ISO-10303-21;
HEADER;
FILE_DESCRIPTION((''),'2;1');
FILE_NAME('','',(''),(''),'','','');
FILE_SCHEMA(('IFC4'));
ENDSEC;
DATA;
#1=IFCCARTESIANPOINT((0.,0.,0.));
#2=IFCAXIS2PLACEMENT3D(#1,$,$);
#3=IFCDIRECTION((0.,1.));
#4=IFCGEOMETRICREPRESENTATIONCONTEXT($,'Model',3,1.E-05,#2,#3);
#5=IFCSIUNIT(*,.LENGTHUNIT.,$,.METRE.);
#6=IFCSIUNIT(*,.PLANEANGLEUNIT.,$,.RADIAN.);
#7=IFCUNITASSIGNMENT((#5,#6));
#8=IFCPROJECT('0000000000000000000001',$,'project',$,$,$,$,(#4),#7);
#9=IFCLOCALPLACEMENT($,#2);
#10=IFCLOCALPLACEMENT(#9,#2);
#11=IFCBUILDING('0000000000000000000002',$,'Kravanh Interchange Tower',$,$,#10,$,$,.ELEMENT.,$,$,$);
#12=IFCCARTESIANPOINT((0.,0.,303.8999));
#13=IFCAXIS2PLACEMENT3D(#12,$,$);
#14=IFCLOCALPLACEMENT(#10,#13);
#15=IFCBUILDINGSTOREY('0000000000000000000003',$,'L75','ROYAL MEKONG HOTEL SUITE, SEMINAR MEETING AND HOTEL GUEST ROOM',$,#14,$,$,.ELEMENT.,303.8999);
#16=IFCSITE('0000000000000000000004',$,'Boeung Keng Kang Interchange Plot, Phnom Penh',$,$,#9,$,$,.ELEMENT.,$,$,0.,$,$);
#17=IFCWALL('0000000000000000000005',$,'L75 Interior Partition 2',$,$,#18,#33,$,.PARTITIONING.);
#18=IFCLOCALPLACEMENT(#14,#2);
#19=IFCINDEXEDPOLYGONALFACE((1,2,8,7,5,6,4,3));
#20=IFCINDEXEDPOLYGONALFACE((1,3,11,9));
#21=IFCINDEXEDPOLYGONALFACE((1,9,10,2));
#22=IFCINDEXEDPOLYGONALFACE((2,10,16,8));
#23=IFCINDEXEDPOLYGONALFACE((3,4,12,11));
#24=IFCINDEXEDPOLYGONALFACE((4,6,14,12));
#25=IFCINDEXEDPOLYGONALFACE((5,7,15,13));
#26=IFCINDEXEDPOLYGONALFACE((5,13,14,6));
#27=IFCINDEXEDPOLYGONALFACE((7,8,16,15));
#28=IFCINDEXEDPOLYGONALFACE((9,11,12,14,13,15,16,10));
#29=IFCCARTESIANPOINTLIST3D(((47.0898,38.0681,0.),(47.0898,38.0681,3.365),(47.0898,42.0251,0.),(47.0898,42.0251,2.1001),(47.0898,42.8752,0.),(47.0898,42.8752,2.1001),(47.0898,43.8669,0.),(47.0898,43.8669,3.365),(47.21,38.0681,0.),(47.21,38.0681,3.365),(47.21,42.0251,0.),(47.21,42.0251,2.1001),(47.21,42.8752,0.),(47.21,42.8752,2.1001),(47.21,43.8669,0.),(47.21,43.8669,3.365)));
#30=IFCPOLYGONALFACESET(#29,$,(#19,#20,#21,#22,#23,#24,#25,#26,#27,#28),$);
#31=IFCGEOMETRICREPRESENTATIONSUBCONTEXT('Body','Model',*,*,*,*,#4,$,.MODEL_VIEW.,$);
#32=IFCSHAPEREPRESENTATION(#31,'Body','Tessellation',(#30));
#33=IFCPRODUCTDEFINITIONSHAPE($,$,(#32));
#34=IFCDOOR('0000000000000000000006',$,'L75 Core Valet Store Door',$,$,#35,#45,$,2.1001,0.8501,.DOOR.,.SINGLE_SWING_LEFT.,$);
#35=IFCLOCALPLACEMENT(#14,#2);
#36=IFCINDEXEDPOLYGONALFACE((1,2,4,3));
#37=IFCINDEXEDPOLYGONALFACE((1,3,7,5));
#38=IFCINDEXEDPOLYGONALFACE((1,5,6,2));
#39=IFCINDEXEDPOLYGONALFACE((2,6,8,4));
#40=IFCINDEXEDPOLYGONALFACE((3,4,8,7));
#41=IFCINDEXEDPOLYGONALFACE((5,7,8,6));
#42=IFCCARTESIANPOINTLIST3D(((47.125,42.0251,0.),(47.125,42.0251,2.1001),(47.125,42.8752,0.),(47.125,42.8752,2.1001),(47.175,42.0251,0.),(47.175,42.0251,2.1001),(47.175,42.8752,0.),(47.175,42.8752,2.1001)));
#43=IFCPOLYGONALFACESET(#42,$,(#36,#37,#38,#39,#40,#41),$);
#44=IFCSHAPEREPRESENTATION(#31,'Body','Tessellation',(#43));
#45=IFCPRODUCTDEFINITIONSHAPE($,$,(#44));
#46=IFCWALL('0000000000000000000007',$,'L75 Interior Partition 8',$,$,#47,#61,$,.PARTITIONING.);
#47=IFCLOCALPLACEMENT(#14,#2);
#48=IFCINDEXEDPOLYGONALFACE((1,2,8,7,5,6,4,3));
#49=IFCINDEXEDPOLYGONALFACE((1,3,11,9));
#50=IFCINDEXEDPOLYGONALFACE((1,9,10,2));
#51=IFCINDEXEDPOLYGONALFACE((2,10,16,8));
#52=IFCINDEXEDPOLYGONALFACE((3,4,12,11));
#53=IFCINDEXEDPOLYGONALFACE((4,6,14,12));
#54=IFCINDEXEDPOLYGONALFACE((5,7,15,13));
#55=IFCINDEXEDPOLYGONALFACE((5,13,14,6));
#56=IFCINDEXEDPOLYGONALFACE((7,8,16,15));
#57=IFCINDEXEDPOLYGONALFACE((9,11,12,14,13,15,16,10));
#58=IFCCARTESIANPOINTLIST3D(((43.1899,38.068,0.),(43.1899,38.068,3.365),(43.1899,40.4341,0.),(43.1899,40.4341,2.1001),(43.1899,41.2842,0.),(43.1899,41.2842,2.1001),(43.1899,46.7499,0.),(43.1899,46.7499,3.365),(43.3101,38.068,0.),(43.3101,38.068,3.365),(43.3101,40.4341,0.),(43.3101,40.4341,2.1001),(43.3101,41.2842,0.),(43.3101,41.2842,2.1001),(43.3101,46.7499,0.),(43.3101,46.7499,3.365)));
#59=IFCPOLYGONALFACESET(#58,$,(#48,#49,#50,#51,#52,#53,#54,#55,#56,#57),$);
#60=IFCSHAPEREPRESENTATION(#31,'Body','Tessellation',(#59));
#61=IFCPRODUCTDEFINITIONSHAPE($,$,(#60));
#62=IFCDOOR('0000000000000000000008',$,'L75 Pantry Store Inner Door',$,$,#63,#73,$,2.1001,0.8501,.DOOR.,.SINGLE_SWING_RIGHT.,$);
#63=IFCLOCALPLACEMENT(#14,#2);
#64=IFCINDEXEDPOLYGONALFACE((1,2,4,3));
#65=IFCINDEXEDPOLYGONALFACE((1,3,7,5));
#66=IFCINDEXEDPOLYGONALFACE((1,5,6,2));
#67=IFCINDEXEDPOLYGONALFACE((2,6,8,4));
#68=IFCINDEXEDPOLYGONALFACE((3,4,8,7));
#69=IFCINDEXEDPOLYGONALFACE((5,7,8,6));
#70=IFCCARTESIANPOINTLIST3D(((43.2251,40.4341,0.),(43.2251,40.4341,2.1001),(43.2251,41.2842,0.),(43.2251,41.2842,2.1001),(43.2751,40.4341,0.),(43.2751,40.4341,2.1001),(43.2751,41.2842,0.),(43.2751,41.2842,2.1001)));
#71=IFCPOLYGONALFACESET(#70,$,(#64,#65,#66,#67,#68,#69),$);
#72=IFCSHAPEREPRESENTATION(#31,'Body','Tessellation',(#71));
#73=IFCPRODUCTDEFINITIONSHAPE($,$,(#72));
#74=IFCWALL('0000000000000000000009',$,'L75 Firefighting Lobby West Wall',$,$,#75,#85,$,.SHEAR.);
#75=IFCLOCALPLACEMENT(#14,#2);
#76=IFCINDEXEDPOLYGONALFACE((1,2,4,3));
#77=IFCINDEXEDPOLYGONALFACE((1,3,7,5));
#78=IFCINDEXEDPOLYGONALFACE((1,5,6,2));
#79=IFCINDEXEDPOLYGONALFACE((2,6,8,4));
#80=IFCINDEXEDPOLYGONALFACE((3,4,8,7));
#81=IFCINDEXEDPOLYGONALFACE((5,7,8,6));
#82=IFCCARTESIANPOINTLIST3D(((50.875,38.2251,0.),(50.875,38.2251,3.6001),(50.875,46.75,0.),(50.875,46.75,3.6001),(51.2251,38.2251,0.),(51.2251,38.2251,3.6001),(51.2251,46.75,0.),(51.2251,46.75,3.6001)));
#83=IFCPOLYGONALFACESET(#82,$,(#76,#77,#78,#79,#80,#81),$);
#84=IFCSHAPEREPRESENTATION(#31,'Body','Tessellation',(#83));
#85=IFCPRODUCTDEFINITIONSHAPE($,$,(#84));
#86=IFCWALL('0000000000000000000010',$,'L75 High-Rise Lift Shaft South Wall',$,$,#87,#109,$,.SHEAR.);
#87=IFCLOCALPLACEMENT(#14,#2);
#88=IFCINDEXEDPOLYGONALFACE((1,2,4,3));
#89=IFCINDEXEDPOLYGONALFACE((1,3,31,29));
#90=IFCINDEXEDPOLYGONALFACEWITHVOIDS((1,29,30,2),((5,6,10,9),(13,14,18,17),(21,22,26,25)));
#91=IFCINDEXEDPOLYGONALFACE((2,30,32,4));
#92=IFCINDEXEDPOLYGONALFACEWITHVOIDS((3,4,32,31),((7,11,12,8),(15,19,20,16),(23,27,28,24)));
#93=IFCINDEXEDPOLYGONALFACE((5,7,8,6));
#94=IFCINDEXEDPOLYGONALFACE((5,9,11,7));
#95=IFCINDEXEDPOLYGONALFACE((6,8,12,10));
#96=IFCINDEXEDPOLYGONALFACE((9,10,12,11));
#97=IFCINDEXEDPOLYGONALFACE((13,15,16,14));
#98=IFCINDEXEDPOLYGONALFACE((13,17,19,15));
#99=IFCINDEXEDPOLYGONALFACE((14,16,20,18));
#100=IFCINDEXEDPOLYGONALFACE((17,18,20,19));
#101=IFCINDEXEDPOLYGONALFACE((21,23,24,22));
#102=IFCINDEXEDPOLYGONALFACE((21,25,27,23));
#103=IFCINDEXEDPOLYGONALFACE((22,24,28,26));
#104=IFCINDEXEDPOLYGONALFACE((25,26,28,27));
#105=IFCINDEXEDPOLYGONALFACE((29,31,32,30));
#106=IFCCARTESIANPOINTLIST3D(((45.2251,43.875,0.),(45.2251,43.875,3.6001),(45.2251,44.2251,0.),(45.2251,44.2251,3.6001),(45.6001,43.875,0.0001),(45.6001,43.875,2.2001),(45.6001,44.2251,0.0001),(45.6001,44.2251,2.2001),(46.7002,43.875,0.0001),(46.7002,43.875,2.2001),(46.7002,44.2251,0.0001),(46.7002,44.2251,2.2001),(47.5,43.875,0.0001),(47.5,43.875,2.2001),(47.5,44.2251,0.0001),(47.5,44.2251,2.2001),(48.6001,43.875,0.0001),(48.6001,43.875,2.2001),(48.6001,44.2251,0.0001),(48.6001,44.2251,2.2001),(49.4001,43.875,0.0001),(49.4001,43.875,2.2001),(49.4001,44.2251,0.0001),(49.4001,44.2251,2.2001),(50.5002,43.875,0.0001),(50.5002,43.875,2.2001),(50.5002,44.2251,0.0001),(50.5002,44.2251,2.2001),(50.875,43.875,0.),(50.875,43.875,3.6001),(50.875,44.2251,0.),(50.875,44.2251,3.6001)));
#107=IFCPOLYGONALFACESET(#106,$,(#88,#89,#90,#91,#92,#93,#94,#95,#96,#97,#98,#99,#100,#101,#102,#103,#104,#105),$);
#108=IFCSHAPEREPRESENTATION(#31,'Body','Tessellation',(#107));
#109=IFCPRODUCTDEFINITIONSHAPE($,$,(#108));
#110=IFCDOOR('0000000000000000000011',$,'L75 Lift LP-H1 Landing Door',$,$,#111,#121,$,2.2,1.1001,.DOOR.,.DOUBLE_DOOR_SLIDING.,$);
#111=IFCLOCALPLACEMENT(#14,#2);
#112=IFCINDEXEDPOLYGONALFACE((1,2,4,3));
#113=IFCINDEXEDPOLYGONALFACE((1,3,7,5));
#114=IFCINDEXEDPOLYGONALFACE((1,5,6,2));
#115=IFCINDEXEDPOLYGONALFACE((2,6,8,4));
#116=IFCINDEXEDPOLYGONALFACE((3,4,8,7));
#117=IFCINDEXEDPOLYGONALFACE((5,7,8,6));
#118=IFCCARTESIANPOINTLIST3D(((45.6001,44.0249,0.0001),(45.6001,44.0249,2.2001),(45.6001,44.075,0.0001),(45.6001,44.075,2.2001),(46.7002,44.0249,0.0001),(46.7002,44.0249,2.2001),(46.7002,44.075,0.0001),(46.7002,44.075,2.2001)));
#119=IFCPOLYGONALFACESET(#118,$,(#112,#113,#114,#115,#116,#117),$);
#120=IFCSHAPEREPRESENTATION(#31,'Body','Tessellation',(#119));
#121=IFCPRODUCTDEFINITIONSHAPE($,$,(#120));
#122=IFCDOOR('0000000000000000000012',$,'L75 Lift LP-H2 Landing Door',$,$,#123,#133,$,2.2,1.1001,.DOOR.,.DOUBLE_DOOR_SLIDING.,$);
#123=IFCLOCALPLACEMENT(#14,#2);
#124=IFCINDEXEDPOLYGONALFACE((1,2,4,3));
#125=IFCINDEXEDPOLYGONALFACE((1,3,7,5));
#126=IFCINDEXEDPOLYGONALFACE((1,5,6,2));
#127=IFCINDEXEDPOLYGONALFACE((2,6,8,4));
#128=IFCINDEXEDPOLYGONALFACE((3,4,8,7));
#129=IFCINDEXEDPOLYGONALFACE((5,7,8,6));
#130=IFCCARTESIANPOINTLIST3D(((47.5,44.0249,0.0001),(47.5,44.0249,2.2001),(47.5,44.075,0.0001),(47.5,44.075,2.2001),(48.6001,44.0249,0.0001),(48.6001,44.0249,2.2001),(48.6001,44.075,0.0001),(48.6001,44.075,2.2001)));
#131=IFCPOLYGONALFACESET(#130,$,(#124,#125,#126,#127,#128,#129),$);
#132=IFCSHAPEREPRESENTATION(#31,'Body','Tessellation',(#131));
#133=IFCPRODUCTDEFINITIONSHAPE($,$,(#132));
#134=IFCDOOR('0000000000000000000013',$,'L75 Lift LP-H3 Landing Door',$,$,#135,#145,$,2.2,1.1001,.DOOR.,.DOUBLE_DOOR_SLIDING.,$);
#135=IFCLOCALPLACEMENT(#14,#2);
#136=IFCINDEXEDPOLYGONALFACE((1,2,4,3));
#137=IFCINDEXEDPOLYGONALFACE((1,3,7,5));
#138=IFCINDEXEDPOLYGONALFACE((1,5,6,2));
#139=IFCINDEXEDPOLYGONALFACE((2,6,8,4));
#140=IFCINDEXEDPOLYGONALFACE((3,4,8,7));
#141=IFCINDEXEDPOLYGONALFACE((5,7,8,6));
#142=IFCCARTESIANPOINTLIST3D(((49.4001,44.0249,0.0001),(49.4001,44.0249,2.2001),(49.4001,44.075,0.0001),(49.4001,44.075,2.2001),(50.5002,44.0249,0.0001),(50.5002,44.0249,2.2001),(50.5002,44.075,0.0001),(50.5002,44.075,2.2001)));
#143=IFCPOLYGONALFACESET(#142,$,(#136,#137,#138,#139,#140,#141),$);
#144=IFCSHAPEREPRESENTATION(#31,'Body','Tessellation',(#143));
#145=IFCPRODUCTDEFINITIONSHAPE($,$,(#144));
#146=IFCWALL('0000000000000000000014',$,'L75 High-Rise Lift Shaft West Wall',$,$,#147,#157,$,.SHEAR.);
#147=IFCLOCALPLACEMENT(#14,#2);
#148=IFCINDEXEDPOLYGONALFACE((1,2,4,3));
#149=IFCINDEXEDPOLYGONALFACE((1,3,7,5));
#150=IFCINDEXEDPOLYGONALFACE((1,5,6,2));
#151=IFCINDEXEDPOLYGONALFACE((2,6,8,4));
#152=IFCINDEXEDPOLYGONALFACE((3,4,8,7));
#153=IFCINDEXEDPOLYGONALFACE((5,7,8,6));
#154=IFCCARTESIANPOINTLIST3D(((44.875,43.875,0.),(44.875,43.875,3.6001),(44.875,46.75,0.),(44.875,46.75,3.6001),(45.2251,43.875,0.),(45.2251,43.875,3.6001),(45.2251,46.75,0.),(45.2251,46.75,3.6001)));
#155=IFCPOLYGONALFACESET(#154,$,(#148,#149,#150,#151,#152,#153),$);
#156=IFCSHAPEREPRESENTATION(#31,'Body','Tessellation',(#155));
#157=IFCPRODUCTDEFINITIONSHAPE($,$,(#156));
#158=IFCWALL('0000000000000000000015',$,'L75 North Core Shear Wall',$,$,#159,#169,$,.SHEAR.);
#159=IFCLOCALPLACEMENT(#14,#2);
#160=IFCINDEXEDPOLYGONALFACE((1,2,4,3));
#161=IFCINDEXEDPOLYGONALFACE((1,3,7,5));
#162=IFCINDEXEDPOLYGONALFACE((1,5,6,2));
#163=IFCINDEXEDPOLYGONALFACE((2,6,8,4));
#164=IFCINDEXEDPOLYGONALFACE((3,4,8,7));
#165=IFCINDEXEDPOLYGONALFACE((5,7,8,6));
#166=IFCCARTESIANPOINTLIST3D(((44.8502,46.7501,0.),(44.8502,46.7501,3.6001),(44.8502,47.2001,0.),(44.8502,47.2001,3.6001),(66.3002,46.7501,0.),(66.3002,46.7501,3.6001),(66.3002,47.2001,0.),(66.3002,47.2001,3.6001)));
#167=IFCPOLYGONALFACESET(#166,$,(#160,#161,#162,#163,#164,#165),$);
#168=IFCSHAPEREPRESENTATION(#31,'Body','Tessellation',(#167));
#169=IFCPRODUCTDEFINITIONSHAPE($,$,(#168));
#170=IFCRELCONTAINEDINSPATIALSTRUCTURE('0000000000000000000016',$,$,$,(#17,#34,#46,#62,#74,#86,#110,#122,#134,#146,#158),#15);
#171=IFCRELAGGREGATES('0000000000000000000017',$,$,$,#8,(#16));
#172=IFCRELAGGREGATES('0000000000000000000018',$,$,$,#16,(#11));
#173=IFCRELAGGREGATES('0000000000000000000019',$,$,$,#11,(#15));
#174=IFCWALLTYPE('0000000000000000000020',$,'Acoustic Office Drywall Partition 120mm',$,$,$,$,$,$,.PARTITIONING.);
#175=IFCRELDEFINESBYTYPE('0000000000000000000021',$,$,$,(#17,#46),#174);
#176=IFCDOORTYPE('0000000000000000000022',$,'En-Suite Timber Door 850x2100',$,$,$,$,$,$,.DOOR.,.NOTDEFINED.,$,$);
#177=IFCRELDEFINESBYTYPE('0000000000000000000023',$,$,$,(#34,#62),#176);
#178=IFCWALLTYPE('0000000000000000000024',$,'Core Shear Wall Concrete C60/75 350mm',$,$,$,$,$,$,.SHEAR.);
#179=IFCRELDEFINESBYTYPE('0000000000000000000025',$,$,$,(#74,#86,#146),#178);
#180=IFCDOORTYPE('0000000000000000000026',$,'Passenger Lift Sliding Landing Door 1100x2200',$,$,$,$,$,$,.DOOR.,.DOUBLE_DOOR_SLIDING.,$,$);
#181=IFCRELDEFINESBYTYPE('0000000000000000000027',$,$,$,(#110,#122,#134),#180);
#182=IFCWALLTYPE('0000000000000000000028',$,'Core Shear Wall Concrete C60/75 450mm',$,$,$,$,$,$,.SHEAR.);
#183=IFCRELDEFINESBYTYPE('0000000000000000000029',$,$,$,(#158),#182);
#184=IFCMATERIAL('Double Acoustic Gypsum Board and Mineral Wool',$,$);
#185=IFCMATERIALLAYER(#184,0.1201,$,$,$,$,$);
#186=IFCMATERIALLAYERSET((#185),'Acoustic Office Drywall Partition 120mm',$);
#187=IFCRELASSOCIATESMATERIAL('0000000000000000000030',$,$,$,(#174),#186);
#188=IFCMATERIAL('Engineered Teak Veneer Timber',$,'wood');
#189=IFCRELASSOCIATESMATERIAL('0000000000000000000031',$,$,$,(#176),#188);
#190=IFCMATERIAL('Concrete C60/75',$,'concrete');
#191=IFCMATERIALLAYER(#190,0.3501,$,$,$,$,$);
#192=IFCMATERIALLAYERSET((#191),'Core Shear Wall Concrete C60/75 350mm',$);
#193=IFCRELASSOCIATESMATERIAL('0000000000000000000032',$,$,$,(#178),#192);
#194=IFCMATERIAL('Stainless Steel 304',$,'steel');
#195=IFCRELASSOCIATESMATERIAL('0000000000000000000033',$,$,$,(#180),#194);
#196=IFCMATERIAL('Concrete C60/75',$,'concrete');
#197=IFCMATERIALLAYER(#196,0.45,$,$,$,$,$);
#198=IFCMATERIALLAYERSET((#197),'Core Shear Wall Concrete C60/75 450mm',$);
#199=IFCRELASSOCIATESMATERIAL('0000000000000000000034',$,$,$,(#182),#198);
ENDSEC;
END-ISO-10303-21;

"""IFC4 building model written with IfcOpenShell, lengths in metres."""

from ifc_helpers import new_model, si_unit, direction, frame, frame_2d, origin, place, context, subcontext, project, spatial, rectangle, extrude, material, layer, layer_set, type_object, element, fill, save


model = new_model("IFC4")

# Units and contexts
model_context = context("Model", 3, precision=1e-05, world=origin(), true_north=direction((0.0, 1.0)))
body_context = subcontext(model_context, "Body", "Model", "MODEL_VIEW")
ifc_project = project(units=[si_unit("LENGTHUNIT", "METRE"), si_unit("PLANEANGLEUNIT", "RADIAN")], contexts=[model_context])

# Site, building, storey
site_placement = place(None, origin())
site = spatial("IfcSite", under=ifc_project, at=site_placement, Name="Boeung Keng Kang Interchange Plot, Phnom Penh", CompositionType="ELEMENT", RefElevation=0.0)
building_placement = place(site_placement, origin())
building = spatial("IfcBuilding", under=site, at=building_placement, Name="Kravanh Interchange Tower", CompositionType="ELEMENT")
storey_placement = place(building_placement, frame((0.0, 0.0, 303.8999)))
storey = spatial("IfcBuildingStorey", under=building, at=storey_placement, Name="L75", Description="ROYAL MEKONG HOTEL SUITE, SEMINAR MEETING AND HOTEL GUEST ROOM", CompositionType="ELEMENT", Elevation=303.8999)

# Walls, openings, doors
ifc_material_1 = material(Name="Double Acoustic Gypsum Board and Mineral Wool")
ifc_layer_1 = layer(ifc_material_1, 0.1201)
ifc_layer_set_1 = layer_set([ifc_layer_1], Name="Acoustic Office Drywall Partition 120mm")
wall_type_1 = type_object("IfcWallType", Name="Acoustic Office Drywall Partition 120mm", PredefinedType="PARTITIONING", material=ifc_layer_set_1)
wall_1_placement = place(storey_placement, frame((47.1499, 38.0681, 0.0), z_axis=(0.0, 0.0, 1.0), x_axis=(0.0, 1.0, 0.0)))
wall_1 = element("IfcWall", 1, at=wall_1_placement, inside=storey, type_object=wall_type_1, Name="L75 Interior Partition 2", PredefinedType="PARTITIONING", context=body_context, shape_type="SweptSolid", body=[
    extrude(rectangle(XDim=5.7988, YDim=0.1201, at=frame_2d((2.8994, 0.0))), origin(), (0.0, 0.0, 1.0), 3.365),
])
opening_1_placement = place(wall_1_placement, frame((3.957, 0.0, 0.0)))
opening_1 = element("IfcOpeningElement", 2, at=opening_1_placement, cuts=wall_1, PredefinedType="OPENING", context=body_context, shape_type="SweptSolid", body=[
    extrude(rectangle(XDim=0.8501, YDim=2.1001, at=frame_2d((0.425, 1.05))), frame((0.0, 0.0701, 0.0), z_axis=(0.0, -1.0, 0.0), x_axis=(1.0, 0.0, 0.0)), (0.0, 0.0, 1.0), 0.1401),
])
ifc_material_2 = material(Name="Engineered Teak Veneer Timber", Category="wood")
door_type_1 = type_object("IfcDoorType", Name="En-Suite Timber Door 850x2100", OperationType="NOTDEFINED", PredefinedType="DOOR", material=ifc_material_2)
door_1_placement = place(opening_1_placement, origin())
door_1 = element("IfcDoor", 3, at=door_1_placement, inside=storey, type_object=door_type_1, Name="L75 Core Valet Store Door", OperationType="SINGLE_SWING_LEFT", OverallHeight=2.1001, OverallWidth=0.8501, PredefinedType="DOOR", context=body_context, shape_type="SweptSolid", body=[
    extrude(rectangle(XDim=0.8501, YDim=2.1001, at=frame_2d((0.425, 1.05))), frame((0.0, 0.0249, 0.0), z_axis=(0.0, -1.0, 0.0), x_axis=(1.0, 0.0, 0.0)), (0.0, 0.0, 1.0), 0.05),
])
fill(opening_1, door_1)
wall_2_placement = place(storey_placement, frame((43.25, 38.0681, 0.0), z_axis=(0.0, 0.0, 1.0), x_axis=(0.0, 1.0, 0.0)))
wall_2 = element("IfcWall", 4, at=wall_2_placement, inside=storey, type_object=wall_type_1, Name="L75 Interior Partition 8", PredefinedType="PARTITIONING", context=body_context, shape_type="SweptSolid", body=[
    extrude(rectangle(XDim=8.6819, YDim=0.1201, at=frame_2d((4.3408, 0.0))), origin(), (0.0, 0.0, 1.0), 3.365),
])
opening_2_placement = place(wall_2_placement, frame((2.366, 0.0, 0.0)))
opening_2 = element("IfcOpeningElement", 5, at=opening_2_placement, cuts=wall_2, PredefinedType="OPENING", context=body_context, shape_type="SweptSolid", body=[
    extrude(rectangle(XDim=0.8501, YDim=2.1001, at=frame_2d((0.425, 1.05))), frame((0.0, 0.0701, 0.0), z_axis=(0.0, -1.0, 0.0), x_axis=(1.0, 0.0, 0.0)), (0.0, 0.0, 1.0), 0.1401),
])
door_2_placement = place(opening_2_placement, origin())
door_2 = element("IfcDoor", 6, at=door_2_placement, inside=storey, type_object=door_type_1, Name="L75 Pantry Store Inner Door", OperationType="SINGLE_SWING_RIGHT", OverallHeight=2.1001, OverallWidth=0.8501, PredefinedType="DOOR", context=body_context, shape_type="SweptSolid", body=[
    extrude(rectangle(XDim=0.8501, YDim=2.1001, at=frame_2d((0.425, 1.05))), frame((0.0, 0.0249, 0.0), z_axis=(0.0, -1.0, 0.0), x_axis=(1.0, 0.0, 0.0)), (0.0, 0.0, 1.0), 0.05),
])
fill(opening_2, door_2)

# Wall
ifc_material_3 = material(Name="Concrete C60/75", Category="concrete")
ifc_layer_2 = layer(ifc_material_3, 0.3501)
ifc_layer_set_2 = layer_set([ifc_layer_2], Name="Core Shear Wall Concrete C60/75 350mm")
wall_type_2 = type_object("IfcWallType", Name="Core Shear Wall Concrete C60/75 350mm", PredefinedType="SHEAR", material=ifc_layer_set_2)
wall_3_placement = place(storey_placement, frame((51.05, 38.2251, 0.0), z_axis=(0.0, 0.0, 1.0), x_axis=(0.0, 1.0, 0.0)))
element("IfcWall", 7, at=wall_3_placement, inside=storey, type_object=wall_type_2, Name="L75 Firefighting Lobby West Wall", PredefinedType="SHEAR", context=body_context, shape_type="SweptSolid", body=[
    extrude(rectangle(XDim=8.5249, YDim=0.3501, at=frame_2d((4.2625, 0.0))), origin(), (0.0, 0.0, 1.0), 3.6001),
])

# Wall, openings, doors
wall_4_placement = place(storey_placement, frame((45.2251, 44.05, 0.0), z_axis=(0.0, 0.0, 1.0), x_axis=(1.0, 0.0, 0.0)))
wall_4 = element("IfcWall", 8, at=wall_4_placement, inside=storey, type_object=wall_type_2, Name="L75 High-Rise Lift Shaft South Wall", PredefinedType="SHEAR", context=body_context, shape_type="SweptSolid", body=[
    extrude(rectangle(XDim=5.6499, YDim=0.3501, at=frame_2d((2.825, 0.0))), origin(), (0.0, 0.0, 1.0), 3.6001),
])
opening_3_placement = place(wall_4_placement, frame((0.375, 0.0, 0.0)))
opening_3 = element("IfcOpeningElement", 9, at=opening_3_placement, cuts=wall_4, PredefinedType="OPENING", context=body_context, shape_type="SweptSolid", body=[
    extrude(rectangle(XDim=1.1001, YDim=2.2, at=frame_2d((0.55, 1.1001))), frame((0.0, 0.1851, 0.0), z_axis=(0.0, -1.0, 0.0), x_axis=(1.0, 0.0, 0.0)), (0.0, 0.0, 1.0), 0.3701),
])
opening_4_placement = place(wall_4_placement, frame((2.2749, 0.0, 0.0)))
opening_4 = element("IfcOpeningElement", 10, at=opening_4_placement, cuts=wall_4, PredefinedType="OPENING", context=body_context, shape_type="SweptSolid", body=[
    extrude(rectangle(XDim=1.1001, YDim=2.2, at=frame_2d((0.55, 1.1001))), frame((0.0, 0.1851, 0.0), z_axis=(0.0, -1.0, 0.0), x_axis=(1.0, 0.0, 0.0)), (0.0, 0.0, 1.0), 0.3701),
])
opening_5_placement = place(wall_4_placement, frame((4.175, 0.0, 0.0)))
opening_5 = element("IfcOpeningElement", 11, at=opening_5_placement, cuts=wall_4, PredefinedType="OPENING", context=body_context, shape_type="SweptSolid", body=[
    extrude(rectangle(XDim=1.1001, YDim=2.2, at=frame_2d((0.55, 1.1001))), frame((0.0, 0.1851, 0.0), z_axis=(0.0, -1.0, 0.0), x_axis=(1.0, 0.0, 0.0)), (0.0, 0.0, 1.0), 0.3701),
])
ifc_material_4 = material(Name="Stainless Steel 304", Category="steel")
door_type_2 = type_object("IfcDoorType", Name="Passenger Lift Sliding Landing Door 1100x2200", OperationType="DOUBLE_DOOR_SLIDING", PredefinedType="DOOR", material=ifc_material_4)
door_3_placement = place(opening_3_placement, origin())
door_3 = element("IfcDoor", 12, at=door_3_placement, inside=storey, type_object=door_type_2, Name="L75 Lift LP-H1 Landing Door", OperationType="DOUBLE_DOOR_SLIDING", OverallHeight=2.2, OverallWidth=1.1001, PredefinedType="DOOR", context=body_context, shape_type="SweptSolid", body=[
    extrude(rectangle(XDim=1.1001, YDim=2.2, at=frame_2d((0.55, 1.1001))), frame((0.0, 0.0249, 0.0), z_axis=(0.0, -1.0, 0.0), x_axis=(1.0, 0.0, 0.0)), (0.0, 0.0, 1.0), 0.05),
])
fill(opening_3, door_3)
door_4_placement = place(opening_4_placement, origin())
door_4 = element("IfcDoor", 13, at=door_4_placement, inside=storey, type_object=door_type_2, Name="L75 Lift LP-H2 Landing Door", OperationType="DOUBLE_DOOR_SLIDING", OverallHeight=2.2, OverallWidth=1.1001, PredefinedType="DOOR", context=body_context, shape_type="SweptSolid", body=[
    extrude(rectangle(XDim=1.1001, YDim=2.2, at=frame_2d((0.55, 1.1001))), frame((0.0, 0.0249, 0.0), z_axis=(0.0, -1.0, 0.0), x_axis=(1.0, 0.0, 0.0)), (0.0, 0.0, 1.0), 0.05),
])
fill(opening_4, door_4)
door_5_placement = place(opening_5_placement, origin())
door_5 = element("IfcDoor", 14, at=door_5_placement, inside=storey, type_object=door_type_2, Name="L75 Lift LP-H3 Landing Door", OperationType="DOUBLE_DOOR_SLIDING", OverallHeight=2.2, OverallWidth=1.1001, PredefinedType="DOOR", context=body_context, shape_type="SweptSolid", body=[
    extrude(rectangle(XDim=1.1001, YDim=2.2, at=frame_2d((0.55, 1.1001))), frame((0.0, 0.0249, 0.0), z_axis=(0.0, -1.0, 0.0), x_axis=(1.0, 0.0, 0.0)), (0.0, 0.0, 1.0), 0.05),
])
fill(opening_5, door_5)

# Walls
wall_5_placement = place(storey_placement, frame((45.05, 43.875, 0.0), z_axis=(0.0, 0.0, 1.0), x_axis=(0.0, 1.0, 0.0)))
element("IfcWall", 15, at=wall_5_placement, inside=storey, type_object=wall_type_2, Name="L75 High-Rise Lift Shaft West Wall", PredefinedType="SHEAR", context=body_context, shape_type="SweptSolid", body=[
    extrude(rectangle(XDim=2.875, YDim=0.3501, at=frame_2d((1.4375, 0.0))), origin(), (0.0, 0.0, 1.0), 3.6001),
])
ifc_material_5 = material(Name="Concrete C60/75", Category="concrete")
ifc_layer_3 = layer(ifc_material_5, 0.45)
ifc_layer_set_3 = layer_set([ifc_layer_3], Name="Core Shear Wall Concrete C60/75 450mm")
wall_type_3 = type_object("IfcWallType", Name="Core Shear Wall Concrete C60/75 450mm", PredefinedType="SHEAR", material=ifc_layer_set_3)
wall_6_placement = place(storey_placement, frame((44.8501, 46.9751, 0.0), z_axis=(0.0, 0.0, 1.0), x_axis=(1.0, 0.0, 0.0)))
element("IfcWall", 16, at=wall_6_placement, inside=storey, type_object=wall_type_3, Name="L75 North Core Shear Wall", PredefinedType="SHEAR", context=body_context, shape_type="SweptSolid", body=[
    extrude(rectangle(XDim=21.45, YDim=0.45, at=frame_2d((10.7251, 0.0))), origin(), (0.0, 0.0, 1.0), 3.6001),
])

save(model, "model.ifc")
